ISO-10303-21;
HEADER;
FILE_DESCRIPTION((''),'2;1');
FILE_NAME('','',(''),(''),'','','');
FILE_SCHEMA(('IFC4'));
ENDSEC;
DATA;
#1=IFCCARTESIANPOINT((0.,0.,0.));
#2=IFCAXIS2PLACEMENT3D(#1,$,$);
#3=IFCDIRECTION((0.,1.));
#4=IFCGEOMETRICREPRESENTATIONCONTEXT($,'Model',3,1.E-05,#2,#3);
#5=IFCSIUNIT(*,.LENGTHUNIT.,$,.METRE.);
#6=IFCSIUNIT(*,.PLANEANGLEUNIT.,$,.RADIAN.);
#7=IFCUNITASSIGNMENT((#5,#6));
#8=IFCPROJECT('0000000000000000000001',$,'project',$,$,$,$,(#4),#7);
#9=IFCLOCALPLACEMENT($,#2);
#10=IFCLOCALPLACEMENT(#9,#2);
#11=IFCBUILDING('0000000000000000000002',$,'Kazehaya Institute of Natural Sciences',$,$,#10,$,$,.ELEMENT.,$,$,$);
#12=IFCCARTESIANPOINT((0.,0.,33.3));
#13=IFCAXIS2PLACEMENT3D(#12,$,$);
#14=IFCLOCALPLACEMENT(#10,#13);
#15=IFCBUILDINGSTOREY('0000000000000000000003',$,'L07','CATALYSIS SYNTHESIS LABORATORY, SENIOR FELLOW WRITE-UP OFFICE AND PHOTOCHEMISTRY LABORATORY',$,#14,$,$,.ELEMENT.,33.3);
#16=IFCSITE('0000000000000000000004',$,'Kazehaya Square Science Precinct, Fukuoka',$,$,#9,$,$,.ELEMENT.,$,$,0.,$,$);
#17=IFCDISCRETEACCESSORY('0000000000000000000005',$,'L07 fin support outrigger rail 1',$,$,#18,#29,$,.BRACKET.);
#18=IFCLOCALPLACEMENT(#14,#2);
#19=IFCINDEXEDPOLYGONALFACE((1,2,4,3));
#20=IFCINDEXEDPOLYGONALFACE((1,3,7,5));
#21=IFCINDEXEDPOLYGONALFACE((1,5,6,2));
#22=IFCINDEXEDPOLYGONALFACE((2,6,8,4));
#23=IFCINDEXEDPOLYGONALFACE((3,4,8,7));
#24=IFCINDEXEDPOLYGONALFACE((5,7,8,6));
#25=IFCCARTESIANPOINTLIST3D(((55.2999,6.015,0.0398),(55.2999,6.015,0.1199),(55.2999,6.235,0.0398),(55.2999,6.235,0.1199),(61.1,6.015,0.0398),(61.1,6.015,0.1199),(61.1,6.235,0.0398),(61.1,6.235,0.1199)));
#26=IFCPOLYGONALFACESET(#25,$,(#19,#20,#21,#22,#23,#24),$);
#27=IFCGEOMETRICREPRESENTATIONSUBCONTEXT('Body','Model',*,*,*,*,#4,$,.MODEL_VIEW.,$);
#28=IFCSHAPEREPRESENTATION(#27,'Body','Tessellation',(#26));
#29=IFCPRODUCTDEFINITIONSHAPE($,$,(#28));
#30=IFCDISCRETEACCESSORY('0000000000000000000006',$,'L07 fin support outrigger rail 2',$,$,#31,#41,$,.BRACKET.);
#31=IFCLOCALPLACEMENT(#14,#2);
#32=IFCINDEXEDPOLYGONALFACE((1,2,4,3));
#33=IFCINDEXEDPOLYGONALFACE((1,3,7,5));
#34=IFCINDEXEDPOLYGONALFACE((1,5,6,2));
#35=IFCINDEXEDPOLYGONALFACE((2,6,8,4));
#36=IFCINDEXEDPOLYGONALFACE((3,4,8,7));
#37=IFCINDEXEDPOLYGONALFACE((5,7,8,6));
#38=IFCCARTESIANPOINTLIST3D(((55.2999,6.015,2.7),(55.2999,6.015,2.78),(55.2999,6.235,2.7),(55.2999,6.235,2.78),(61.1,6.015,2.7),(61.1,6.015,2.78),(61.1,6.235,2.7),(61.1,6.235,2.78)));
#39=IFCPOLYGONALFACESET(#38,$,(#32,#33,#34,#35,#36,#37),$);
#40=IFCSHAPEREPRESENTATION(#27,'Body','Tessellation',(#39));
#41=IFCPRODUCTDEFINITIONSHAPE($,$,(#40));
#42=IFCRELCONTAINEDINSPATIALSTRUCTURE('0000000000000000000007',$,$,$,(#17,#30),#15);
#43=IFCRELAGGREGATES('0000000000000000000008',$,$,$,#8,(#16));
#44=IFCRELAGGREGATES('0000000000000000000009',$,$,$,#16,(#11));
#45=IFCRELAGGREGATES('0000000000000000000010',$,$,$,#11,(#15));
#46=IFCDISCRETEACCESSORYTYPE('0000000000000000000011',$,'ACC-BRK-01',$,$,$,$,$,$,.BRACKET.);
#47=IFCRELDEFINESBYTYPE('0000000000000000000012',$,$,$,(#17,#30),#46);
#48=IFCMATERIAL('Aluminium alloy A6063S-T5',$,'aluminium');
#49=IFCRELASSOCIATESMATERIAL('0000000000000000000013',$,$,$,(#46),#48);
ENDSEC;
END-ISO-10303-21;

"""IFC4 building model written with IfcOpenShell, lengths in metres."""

from ifc_helpers import new_model, si_unit, direction, frame, origin, origin_2d, place, context, subcontext, project, spatial, rectangle, extrude, material, type_object, element, save


model = new_model("IFC4")

# Units and contexts
model_context = context("Model", 3, precision=1e-05, world=origin(), true_north=direction((0.0, 1.0)))
body_context = subcontext(model_context, "Body", "Model", "MODEL_VIEW")
ifc_project = project(units=[si_unit("LENGTHUNIT", "METRE"), si_unit("PLANEANGLEUNIT", "RADIAN")], contexts=[model_context])

# Site, building, storey
site_placement = place(None, origin())
site = spatial("IfcSite", under=ifc_project, at=site_placement, Name="Kazehaya Square Science Precinct, Fukuoka", CompositionType="ELEMENT", RefElevation=0.0)
building_placement = place(site_placement, origin())
building = spatial("IfcBuilding", under=site, at=building_placement, Name="Kazehaya Institute of Natural Sciences", CompositionType="ELEMENT")
storey_placement = place(building_placement, frame((0.0, 0.0, 33.3)))
storey = spatial("IfcBuildingStorey", under=building, at=storey_placement, Name="L07", Description="CATALYSIS SYNTHESIS LABORATORY, SENIOR FELLOW WRITE-UP OFFICE AND PHOTOCHEMISTRY LABORATORY", CompositionType="ELEMENT", Elevation=33.3)

# Shared definitions
ifc_material_1 = material(Name="Aluminium alloy A6063S-T5", Category="aluminium")

# Discrete accessories
discrete_accessory_type = type_object("IfcDiscreteAccessoryType", Name="ACC-BRK-01", PredefinedType="BRACKET", material=ifc_material_1)
for number, where, z_axis, x_axis, name in (
    (1, (58.2, 6.125, 0.0398), (0.0, 0.0, 1.0), (-1.0, 0.0, 0.0), "L07 fin support outrigger rail 1"),
    (2, (58.2, 6.125, 2.7), (0.0, 0.0, 1.0), (-1.0, 0.0, 0.0), "L07 fin support outrigger rail 2"),
):
    element("IfcDiscreteAccessory", number, at=place(storey_placement, frame(where, z_axis=z_axis, x_axis=x_axis)), inside=storey, type_object=discrete_accessory_type, Name=name, PredefinedType="BRACKET", context=body_context, shape_type="SweptSolid", body=[
        extrude(rectangle(XDim=5.8, YDim=0.22, at=origin_2d()), origin(), (0.0, 0.0, 1.0), 0.0801),
    ])

save(model, "model.ifc")
